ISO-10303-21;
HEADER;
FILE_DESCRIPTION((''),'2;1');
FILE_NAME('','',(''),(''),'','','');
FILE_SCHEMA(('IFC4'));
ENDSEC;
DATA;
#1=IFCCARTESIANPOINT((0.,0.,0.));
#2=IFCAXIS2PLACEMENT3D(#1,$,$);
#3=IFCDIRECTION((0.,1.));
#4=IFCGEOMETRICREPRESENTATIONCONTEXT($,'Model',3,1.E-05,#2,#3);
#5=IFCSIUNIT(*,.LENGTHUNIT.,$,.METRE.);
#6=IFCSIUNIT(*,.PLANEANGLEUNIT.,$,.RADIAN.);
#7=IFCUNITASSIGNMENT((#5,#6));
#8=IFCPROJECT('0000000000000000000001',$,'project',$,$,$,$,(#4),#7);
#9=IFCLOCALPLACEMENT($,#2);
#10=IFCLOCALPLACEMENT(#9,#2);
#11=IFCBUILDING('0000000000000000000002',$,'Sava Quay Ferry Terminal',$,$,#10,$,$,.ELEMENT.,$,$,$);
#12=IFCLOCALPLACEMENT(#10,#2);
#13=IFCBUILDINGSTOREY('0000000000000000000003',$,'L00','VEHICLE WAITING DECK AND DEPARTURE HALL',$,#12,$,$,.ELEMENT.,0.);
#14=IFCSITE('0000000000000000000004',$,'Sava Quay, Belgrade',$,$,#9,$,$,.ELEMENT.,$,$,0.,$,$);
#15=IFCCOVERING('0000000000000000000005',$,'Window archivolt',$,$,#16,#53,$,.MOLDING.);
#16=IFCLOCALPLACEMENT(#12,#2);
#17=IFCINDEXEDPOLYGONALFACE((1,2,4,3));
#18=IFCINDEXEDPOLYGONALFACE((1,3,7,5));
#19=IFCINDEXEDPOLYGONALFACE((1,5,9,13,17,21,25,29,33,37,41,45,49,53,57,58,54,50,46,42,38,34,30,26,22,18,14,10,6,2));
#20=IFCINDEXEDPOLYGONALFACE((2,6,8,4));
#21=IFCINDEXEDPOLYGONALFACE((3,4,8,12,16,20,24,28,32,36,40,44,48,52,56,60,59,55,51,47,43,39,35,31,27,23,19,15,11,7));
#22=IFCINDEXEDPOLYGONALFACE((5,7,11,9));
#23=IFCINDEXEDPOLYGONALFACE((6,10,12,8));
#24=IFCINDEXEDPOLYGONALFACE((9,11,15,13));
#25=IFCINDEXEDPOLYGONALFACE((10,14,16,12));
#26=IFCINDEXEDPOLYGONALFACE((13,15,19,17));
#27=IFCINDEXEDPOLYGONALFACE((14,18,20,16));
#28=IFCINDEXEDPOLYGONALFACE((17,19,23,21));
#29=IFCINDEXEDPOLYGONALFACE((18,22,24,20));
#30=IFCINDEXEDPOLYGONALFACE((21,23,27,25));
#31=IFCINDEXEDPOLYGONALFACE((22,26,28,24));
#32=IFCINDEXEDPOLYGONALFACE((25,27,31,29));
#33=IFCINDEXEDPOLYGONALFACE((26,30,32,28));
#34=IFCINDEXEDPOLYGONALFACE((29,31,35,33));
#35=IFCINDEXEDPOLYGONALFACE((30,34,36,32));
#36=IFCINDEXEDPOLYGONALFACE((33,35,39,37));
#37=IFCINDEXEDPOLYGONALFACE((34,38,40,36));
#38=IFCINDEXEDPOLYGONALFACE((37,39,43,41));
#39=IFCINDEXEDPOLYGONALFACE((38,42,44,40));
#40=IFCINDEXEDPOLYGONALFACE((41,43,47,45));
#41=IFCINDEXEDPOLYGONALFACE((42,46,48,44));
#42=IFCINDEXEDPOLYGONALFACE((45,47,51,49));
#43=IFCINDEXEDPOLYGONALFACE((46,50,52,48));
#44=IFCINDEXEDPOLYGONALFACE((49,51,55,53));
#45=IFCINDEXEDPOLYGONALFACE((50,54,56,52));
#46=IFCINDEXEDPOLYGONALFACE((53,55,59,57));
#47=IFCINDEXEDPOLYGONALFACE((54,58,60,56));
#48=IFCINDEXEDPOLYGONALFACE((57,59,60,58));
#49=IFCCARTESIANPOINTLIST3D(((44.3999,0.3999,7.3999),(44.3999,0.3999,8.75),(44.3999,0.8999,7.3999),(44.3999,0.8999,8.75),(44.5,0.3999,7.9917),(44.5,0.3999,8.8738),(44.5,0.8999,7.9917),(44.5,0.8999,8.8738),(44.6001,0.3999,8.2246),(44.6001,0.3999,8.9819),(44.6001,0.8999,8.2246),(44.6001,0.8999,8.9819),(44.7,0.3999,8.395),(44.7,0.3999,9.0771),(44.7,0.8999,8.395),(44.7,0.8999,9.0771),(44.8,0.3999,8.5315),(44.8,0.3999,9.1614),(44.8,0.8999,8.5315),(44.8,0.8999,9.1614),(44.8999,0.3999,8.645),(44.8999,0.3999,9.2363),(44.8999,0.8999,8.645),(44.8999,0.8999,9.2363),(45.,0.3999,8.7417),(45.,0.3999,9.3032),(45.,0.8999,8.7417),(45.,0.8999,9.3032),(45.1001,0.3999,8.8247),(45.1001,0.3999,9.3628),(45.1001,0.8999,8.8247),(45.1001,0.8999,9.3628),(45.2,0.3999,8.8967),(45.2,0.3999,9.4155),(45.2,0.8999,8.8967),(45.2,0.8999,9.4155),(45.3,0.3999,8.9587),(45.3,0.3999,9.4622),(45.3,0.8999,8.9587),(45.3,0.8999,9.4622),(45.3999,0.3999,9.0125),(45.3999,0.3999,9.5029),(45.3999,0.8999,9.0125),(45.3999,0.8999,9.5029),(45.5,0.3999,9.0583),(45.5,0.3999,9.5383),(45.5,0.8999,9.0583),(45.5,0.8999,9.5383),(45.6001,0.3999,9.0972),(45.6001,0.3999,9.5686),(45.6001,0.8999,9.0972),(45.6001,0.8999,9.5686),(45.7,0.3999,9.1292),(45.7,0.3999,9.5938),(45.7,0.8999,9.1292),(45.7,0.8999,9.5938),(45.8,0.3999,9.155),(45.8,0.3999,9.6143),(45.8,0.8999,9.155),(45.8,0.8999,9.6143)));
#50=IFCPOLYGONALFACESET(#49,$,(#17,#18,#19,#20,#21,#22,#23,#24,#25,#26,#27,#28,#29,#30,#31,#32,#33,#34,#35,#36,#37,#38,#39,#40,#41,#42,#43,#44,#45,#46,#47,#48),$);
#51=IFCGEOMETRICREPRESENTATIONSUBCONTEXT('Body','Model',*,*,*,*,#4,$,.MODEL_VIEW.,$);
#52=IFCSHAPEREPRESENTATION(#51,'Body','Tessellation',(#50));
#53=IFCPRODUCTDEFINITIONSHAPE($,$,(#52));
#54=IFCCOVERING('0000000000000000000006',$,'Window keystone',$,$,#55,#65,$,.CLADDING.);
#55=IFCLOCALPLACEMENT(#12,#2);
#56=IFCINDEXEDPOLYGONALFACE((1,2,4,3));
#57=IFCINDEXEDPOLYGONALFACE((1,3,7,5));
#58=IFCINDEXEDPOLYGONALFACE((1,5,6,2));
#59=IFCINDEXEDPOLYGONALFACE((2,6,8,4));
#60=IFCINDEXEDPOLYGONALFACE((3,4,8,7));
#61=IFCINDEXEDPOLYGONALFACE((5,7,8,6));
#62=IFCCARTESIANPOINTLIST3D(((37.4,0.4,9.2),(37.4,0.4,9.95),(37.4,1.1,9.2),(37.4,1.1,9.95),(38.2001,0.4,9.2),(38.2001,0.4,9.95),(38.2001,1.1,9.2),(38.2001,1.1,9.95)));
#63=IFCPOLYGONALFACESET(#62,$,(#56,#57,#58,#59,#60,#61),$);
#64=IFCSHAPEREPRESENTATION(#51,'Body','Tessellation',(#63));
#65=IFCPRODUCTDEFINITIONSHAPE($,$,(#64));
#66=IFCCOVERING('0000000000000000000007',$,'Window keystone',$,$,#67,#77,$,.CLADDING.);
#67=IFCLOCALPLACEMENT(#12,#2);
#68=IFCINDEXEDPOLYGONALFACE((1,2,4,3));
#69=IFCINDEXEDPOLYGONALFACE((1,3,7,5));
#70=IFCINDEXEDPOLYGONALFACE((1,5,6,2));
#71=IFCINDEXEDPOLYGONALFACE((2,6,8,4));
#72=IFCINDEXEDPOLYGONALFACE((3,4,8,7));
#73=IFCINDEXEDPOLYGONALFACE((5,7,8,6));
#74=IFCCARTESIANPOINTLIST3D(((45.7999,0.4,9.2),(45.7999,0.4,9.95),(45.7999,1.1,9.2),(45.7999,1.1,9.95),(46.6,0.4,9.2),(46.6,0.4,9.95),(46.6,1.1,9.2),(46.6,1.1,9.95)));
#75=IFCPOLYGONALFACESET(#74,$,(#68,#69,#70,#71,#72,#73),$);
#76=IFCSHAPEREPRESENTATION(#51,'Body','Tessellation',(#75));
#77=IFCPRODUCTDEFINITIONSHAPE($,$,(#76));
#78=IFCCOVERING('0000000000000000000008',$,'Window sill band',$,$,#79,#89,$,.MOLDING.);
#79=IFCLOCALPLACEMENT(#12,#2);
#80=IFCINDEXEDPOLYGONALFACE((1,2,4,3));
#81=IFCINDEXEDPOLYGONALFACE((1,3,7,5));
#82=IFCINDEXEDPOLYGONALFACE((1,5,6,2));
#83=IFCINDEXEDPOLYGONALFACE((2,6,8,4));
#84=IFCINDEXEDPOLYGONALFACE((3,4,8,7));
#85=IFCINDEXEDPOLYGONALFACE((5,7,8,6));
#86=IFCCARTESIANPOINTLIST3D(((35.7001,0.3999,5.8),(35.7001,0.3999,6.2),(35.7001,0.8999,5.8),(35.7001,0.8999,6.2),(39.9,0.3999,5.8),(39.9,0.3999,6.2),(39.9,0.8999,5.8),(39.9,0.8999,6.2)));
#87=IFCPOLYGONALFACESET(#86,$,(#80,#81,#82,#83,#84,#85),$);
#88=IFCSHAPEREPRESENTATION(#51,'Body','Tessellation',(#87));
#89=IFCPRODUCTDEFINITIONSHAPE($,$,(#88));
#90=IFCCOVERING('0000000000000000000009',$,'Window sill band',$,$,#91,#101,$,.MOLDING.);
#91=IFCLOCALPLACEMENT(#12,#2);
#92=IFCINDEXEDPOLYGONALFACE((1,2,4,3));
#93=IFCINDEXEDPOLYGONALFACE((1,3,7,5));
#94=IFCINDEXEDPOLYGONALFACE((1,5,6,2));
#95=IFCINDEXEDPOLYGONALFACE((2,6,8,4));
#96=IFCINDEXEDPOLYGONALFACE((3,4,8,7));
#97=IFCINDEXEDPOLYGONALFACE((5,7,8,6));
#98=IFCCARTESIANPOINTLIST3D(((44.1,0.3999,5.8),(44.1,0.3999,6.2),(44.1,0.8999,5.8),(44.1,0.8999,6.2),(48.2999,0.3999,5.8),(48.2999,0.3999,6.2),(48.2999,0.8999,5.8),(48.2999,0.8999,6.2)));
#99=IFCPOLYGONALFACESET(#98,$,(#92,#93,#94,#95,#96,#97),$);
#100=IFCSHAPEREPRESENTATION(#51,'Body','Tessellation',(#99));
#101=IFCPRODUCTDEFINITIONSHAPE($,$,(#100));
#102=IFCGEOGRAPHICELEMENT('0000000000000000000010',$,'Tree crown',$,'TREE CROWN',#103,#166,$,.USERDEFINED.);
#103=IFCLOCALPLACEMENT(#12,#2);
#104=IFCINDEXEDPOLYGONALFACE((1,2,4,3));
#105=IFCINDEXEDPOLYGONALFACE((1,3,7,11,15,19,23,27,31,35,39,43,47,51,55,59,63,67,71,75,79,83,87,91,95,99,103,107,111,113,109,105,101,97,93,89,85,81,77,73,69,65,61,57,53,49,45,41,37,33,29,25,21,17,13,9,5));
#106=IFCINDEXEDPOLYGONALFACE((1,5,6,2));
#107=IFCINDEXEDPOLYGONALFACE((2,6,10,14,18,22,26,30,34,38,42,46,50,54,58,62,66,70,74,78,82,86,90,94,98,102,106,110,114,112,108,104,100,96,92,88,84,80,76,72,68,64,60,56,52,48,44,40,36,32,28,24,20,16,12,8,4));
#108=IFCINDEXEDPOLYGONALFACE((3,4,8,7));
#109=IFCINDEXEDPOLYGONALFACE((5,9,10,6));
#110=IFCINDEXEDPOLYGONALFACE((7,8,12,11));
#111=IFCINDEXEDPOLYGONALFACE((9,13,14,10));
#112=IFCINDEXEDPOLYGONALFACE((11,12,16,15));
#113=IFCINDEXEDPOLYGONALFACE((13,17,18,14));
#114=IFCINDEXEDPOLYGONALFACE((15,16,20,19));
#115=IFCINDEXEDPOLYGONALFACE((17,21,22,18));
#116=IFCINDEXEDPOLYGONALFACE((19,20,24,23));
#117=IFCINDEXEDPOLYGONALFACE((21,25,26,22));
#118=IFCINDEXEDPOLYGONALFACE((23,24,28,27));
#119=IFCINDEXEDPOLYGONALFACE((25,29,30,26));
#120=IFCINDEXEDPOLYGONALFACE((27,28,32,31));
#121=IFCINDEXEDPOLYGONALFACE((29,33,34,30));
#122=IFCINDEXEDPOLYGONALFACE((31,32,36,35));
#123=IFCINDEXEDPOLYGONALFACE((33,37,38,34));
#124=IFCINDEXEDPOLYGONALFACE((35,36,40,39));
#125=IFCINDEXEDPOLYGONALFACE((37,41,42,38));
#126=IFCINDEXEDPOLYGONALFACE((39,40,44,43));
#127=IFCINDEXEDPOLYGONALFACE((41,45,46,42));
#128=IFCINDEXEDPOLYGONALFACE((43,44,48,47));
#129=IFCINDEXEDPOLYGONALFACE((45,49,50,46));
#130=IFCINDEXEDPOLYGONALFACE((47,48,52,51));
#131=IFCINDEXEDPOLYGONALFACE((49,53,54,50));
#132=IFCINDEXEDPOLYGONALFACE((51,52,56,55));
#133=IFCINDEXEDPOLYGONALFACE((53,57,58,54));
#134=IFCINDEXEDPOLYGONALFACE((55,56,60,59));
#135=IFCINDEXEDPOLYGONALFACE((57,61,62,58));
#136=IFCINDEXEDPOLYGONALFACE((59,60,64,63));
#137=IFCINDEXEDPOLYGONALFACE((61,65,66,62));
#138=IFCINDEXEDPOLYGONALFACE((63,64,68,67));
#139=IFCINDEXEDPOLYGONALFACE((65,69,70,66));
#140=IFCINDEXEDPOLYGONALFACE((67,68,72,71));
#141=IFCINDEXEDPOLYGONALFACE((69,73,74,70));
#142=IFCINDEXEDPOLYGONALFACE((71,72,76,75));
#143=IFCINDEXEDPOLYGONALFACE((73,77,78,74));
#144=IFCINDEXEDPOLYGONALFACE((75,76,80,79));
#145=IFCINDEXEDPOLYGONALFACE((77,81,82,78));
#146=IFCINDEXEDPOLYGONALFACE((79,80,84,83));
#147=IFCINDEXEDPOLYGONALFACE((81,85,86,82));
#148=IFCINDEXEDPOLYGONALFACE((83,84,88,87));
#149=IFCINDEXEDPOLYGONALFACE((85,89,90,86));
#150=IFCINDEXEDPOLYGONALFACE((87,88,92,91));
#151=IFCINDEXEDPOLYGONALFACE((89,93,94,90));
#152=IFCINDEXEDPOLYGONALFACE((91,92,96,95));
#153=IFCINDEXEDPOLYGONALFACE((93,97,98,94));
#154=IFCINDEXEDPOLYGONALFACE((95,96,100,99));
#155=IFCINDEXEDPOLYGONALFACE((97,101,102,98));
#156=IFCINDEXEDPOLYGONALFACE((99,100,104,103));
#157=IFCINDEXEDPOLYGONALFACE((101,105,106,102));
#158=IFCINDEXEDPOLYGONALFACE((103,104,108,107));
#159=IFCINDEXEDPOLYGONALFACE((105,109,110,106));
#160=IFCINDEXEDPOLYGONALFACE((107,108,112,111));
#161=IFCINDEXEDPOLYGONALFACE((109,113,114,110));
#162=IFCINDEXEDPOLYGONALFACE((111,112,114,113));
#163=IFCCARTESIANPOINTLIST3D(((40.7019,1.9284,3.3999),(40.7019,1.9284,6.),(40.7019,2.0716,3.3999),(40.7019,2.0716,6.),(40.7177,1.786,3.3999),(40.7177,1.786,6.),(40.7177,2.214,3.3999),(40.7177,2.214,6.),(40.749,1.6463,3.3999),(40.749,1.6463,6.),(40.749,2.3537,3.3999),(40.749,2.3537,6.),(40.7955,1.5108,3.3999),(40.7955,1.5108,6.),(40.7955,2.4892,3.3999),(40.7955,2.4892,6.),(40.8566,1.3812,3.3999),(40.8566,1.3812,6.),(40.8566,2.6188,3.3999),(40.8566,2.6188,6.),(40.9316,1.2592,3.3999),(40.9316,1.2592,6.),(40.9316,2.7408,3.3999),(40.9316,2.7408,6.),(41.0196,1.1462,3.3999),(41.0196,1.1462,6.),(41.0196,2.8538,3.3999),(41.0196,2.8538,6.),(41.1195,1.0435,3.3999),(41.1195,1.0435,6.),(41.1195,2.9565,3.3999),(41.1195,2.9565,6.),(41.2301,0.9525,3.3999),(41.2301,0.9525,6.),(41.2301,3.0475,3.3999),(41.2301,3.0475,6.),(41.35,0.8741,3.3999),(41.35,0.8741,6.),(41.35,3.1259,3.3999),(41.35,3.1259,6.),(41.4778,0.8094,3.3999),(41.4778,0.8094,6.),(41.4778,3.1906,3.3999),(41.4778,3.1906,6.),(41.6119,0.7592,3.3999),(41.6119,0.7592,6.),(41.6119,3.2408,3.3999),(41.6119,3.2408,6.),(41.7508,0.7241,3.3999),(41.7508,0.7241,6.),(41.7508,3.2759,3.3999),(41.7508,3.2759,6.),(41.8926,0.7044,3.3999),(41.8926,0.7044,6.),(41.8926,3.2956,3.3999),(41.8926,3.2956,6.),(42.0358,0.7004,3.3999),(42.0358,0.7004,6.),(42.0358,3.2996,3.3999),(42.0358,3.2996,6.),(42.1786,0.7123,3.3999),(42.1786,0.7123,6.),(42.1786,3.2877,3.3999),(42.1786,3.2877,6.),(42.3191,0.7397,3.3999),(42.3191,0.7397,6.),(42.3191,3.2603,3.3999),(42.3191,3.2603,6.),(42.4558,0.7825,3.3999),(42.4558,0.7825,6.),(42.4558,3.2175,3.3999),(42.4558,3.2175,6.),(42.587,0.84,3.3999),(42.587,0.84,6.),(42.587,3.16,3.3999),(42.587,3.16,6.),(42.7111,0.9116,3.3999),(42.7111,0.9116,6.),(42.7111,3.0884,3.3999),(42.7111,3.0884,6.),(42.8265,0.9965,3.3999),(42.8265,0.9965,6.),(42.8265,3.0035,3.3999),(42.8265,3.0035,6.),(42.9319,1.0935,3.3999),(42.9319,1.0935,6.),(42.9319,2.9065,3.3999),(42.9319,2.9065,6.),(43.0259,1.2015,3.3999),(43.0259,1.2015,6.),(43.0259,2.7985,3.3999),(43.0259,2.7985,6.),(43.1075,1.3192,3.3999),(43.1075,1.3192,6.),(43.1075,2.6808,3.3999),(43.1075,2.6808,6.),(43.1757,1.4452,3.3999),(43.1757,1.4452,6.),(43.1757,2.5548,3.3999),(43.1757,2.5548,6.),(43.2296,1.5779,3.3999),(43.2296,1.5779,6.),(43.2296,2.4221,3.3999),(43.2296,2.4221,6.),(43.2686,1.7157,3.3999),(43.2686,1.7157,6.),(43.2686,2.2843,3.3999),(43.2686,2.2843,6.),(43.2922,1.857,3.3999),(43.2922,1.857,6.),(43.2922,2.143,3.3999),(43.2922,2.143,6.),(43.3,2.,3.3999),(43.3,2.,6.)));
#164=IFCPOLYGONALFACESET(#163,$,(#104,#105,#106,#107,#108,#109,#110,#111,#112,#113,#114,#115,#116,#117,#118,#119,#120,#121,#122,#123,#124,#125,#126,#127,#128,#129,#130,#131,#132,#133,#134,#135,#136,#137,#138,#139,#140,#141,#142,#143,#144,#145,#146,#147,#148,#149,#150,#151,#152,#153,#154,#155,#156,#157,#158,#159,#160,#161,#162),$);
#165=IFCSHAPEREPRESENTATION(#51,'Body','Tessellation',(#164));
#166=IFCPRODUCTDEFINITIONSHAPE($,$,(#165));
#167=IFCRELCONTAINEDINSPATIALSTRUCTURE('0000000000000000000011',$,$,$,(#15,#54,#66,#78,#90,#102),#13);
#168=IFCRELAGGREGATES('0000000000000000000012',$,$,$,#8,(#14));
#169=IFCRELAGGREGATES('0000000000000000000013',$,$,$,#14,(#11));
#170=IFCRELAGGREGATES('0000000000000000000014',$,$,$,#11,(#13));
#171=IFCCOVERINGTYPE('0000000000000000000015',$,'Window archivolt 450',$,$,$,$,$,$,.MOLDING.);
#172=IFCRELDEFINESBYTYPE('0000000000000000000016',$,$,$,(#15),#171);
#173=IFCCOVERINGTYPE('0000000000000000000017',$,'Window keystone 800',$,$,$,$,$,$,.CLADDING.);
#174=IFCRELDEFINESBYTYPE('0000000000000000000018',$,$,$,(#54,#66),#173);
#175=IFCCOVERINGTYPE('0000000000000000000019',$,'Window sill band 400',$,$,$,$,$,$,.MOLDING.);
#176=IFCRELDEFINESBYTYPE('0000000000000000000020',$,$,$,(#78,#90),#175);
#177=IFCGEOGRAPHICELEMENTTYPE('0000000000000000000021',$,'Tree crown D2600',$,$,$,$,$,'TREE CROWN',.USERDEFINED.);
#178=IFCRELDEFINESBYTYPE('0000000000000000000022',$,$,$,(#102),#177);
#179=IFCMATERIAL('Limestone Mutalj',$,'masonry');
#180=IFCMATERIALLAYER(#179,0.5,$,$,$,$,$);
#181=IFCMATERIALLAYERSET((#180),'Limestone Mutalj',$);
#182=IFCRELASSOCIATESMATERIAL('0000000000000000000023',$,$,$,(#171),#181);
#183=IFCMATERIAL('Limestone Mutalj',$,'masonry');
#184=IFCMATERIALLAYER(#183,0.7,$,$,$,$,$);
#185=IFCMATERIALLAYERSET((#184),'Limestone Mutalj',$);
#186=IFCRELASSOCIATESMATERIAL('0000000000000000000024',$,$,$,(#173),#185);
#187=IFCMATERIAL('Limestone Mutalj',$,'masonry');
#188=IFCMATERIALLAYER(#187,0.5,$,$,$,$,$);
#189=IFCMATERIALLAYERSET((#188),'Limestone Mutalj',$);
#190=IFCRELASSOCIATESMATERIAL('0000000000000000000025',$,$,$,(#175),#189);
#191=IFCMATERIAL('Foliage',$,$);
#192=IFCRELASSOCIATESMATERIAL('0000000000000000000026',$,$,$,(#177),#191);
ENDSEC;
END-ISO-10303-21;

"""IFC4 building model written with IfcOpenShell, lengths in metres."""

from ifc_helpers import new_model, si_unit, direction, frame, origin, origin_2d, place, context, subcontext, project, spatial, polyline, rectangle, circle, outline, extrude, material, layer, layer_set, type_object, element, save


model = new_model("IFC4")

# Units and contexts
model_context = context("Model", 3, precision=1e-05, world=origin(), true_north=direction((0.0, 1.0)))
body_context = subcontext(model_context, "Body", "Model", "MODEL_VIEW")
ifc_project = project(units=[si_unit("LENGTHUNIT", "METRE"), si_unit("PLANEANGLEUNIT", "RADIAN")], contexts=[model_context])

# Site, building, storey
site_placement = place(None, origin())
site = spatial("IfcSite", under=ifc_project, at=site_placement, Name="Sava Quay, Belgrade", CompositionType="ELEMENT", RefElevation=0.0)
building_placement = place(site_placement, origin())
building = spatial("IfcBuilding", under=site, at=building_placement, Name="Sava Quay Ferry Terminal", CompositionType="ELEMENT")
storey_placement = place(building_placement, origin())
storey = spatial("IfcBuildingStorey", under=building, at=storey_placement, Name="L00", Description="VEHICLE WAITING DECK AND DEPARTURE HALL", CompositionType="ELEMENT", Elevation=0.0)

# Coverings
ifc_material_1 = material(Name="Limestone Mutalj", Category="masonry")
ifc_layer_1 = layer(ifc_material_1, 0.5)
ifc_layer_set_1 = layer_set([ifc_layer_1], Name="Limestone Mutalj")
covering_type_1 = type_object("IfcCoveringType", Name="Window archivolt 450", PredefinedType="MOLDING", material=ifc_layer_set_1)
covering_1_placement = place(storey_placement, frame((44.3999, 0.3999, 7.3999), z_axis=(0.0, -1.0, 0.0), x_axis=(0.166773, 0.0, 0.985995)))
element("IfcCovering", 1, at=covering_1_placement, inside=storey, type_object=covering_type_1, Name="Window archivolt", PredefinedType="MOLDING", context=body_context, shape_type="SweptSolid", body=[
    extrude(outline(polyline([(0.0, 0.0), (0.6002, 0.0), (0.8465, -0.0599), (1.0312, -0.1299), (1.1825, -0.2058), (1.3111, -0.2853), (1.4231, -0.3679), (1.5216, -0.4528), (1.6093, -0.5392), (1.6871, -0.6276), (1.7567, -0.7171), (1.8187, -0.8081), (1.8737, -0.9003), (1.9218, -0.9934), (1.9641, -1.0878), (2.4169, -1.0112), (2.3799, -0.916), (2.3385, -0.8217), (2.2919, -0.7281), (2.2403, -0.6353), (2.1835, -0.5436), (2.1208, -0.4527), (2.0522, -0.363), (1.9767, -0.2743), (1.8941, -0.1867), (1.8035, -0.1008), (1.7038, -0.0161), (1.5933, 0.0664), (1.4699, 0.1471), (1.3312, 0.2252), (0.0, 0.0)])), origin(), (0.0, 0.0, -1.0), 0.5),
])
ifc_material_2 = material(Name="Limestone Mutalj", Category="masonry")
ifc_layer_2 = layer(ifc_material_2, 0.7)
ifc_layer_set_2 = layer_set([ifc_layer_2], Name="Limestone Mutalj")
covering_type_2 = type_object("IfcCoveringType", Name="Window keystone 800", PredefinedType="CLADDING", material=ifc_layer_set_2)
for number, where, z_axis, x_axis, name in (
    (2, (37.8, 0.75, 9.2), (0.0, 0.0, 1.0), (1.0, 0.0, 0.0), "Window keystone"),
    (3, (46.2, 0.75, 9.2), (0.0, 0.0, 1.0), (1.0, 0.0, 0.0), "Window keystone"),
):
    element("IfcCovering", number, at=place(storey_placement, frame(where, z_axis=z_axis, x_axis=x_axis)), inside=storey, type_object=covering_type_2, Name=name, PredefinedType="CLADDING", context=body_context, shape_type="SweptSolid", body=[
        extrude(rectangle(XDim=0.8, YDim=0.7, at=origin_2d()), origin(), (0.0, 0.0, 1.0), 0.75),
    ])
ifc_material_3 = material(Name="Limestone Mutalj", Category="masonry")
ifc_layer_3 = layer(ifc_material_3, 0.5)
ifc_layer_set_3 = layer_set([ifc_layer_3], Name="Limestone Mutalj")
covering_type_3 = type_object("IfcCoveringType", Name="Window sill band 400", PredefinedType="MOLDING", material=ifc_layer_set_3)
for number, where, z_axis, x_axis, name in (
    (4, (37.8, 0.6499, 5.8), (0.0, 0.0, 1.0), (1.0, 0.0, 0.0), "Window sill band"),
    (5, (46.2, 0.6499, 5.8), (0.0, 0.0, 1.0), (1.0, 0.0, 0.0), "Window sill band"),
):
    element("IfcCovering", number, at=place(storey_placement, frame(where, z_axis=z_axis, x_axis=x_axis)), inside=storey, type_object=covering_type_3, Name=name, PredefinedType="MOLDING", context=body_context, shape_type="SweptSolid", body=[
        extrude(rectangle(XDim=4.2, YDim=0.5, at=origin_2d()), origin(), (0.0, 0.0, 1.0), 0.3999),
    ])

# Geographic element
ifc_material_4 = material(Name="Foliage")
geographic_element_type_1 = type_object("IfcGeographicElementType", Name="Tree crown D2600", ElementType="TREE CROWN", PredefinedType="USERDEFINED", material=ifc_material_4)
geographic_element_1_placement = place(storey_placement, frame((42.0, 2.0, 6.0), z_axis=(0.0, 0.0, -1.0), x_axis=(1.0, 0.0, 0.0)))
element("IfcGeographicElement", 6, at=geographic_element_1_placement, inside=storey, type_object=geographic_element_type_1, Name="Tree crown", ObjectType="TREE CROWN", PredefinedType="USERDEFINED", context=body_context, shape_type="SweptSolid", body=[
    extrude(circle(Radius=1.3, at=origin_2d()), origin(), (0.0, 0.0, 1.0), 2.6001),
])

save(model, "model.ifc")
